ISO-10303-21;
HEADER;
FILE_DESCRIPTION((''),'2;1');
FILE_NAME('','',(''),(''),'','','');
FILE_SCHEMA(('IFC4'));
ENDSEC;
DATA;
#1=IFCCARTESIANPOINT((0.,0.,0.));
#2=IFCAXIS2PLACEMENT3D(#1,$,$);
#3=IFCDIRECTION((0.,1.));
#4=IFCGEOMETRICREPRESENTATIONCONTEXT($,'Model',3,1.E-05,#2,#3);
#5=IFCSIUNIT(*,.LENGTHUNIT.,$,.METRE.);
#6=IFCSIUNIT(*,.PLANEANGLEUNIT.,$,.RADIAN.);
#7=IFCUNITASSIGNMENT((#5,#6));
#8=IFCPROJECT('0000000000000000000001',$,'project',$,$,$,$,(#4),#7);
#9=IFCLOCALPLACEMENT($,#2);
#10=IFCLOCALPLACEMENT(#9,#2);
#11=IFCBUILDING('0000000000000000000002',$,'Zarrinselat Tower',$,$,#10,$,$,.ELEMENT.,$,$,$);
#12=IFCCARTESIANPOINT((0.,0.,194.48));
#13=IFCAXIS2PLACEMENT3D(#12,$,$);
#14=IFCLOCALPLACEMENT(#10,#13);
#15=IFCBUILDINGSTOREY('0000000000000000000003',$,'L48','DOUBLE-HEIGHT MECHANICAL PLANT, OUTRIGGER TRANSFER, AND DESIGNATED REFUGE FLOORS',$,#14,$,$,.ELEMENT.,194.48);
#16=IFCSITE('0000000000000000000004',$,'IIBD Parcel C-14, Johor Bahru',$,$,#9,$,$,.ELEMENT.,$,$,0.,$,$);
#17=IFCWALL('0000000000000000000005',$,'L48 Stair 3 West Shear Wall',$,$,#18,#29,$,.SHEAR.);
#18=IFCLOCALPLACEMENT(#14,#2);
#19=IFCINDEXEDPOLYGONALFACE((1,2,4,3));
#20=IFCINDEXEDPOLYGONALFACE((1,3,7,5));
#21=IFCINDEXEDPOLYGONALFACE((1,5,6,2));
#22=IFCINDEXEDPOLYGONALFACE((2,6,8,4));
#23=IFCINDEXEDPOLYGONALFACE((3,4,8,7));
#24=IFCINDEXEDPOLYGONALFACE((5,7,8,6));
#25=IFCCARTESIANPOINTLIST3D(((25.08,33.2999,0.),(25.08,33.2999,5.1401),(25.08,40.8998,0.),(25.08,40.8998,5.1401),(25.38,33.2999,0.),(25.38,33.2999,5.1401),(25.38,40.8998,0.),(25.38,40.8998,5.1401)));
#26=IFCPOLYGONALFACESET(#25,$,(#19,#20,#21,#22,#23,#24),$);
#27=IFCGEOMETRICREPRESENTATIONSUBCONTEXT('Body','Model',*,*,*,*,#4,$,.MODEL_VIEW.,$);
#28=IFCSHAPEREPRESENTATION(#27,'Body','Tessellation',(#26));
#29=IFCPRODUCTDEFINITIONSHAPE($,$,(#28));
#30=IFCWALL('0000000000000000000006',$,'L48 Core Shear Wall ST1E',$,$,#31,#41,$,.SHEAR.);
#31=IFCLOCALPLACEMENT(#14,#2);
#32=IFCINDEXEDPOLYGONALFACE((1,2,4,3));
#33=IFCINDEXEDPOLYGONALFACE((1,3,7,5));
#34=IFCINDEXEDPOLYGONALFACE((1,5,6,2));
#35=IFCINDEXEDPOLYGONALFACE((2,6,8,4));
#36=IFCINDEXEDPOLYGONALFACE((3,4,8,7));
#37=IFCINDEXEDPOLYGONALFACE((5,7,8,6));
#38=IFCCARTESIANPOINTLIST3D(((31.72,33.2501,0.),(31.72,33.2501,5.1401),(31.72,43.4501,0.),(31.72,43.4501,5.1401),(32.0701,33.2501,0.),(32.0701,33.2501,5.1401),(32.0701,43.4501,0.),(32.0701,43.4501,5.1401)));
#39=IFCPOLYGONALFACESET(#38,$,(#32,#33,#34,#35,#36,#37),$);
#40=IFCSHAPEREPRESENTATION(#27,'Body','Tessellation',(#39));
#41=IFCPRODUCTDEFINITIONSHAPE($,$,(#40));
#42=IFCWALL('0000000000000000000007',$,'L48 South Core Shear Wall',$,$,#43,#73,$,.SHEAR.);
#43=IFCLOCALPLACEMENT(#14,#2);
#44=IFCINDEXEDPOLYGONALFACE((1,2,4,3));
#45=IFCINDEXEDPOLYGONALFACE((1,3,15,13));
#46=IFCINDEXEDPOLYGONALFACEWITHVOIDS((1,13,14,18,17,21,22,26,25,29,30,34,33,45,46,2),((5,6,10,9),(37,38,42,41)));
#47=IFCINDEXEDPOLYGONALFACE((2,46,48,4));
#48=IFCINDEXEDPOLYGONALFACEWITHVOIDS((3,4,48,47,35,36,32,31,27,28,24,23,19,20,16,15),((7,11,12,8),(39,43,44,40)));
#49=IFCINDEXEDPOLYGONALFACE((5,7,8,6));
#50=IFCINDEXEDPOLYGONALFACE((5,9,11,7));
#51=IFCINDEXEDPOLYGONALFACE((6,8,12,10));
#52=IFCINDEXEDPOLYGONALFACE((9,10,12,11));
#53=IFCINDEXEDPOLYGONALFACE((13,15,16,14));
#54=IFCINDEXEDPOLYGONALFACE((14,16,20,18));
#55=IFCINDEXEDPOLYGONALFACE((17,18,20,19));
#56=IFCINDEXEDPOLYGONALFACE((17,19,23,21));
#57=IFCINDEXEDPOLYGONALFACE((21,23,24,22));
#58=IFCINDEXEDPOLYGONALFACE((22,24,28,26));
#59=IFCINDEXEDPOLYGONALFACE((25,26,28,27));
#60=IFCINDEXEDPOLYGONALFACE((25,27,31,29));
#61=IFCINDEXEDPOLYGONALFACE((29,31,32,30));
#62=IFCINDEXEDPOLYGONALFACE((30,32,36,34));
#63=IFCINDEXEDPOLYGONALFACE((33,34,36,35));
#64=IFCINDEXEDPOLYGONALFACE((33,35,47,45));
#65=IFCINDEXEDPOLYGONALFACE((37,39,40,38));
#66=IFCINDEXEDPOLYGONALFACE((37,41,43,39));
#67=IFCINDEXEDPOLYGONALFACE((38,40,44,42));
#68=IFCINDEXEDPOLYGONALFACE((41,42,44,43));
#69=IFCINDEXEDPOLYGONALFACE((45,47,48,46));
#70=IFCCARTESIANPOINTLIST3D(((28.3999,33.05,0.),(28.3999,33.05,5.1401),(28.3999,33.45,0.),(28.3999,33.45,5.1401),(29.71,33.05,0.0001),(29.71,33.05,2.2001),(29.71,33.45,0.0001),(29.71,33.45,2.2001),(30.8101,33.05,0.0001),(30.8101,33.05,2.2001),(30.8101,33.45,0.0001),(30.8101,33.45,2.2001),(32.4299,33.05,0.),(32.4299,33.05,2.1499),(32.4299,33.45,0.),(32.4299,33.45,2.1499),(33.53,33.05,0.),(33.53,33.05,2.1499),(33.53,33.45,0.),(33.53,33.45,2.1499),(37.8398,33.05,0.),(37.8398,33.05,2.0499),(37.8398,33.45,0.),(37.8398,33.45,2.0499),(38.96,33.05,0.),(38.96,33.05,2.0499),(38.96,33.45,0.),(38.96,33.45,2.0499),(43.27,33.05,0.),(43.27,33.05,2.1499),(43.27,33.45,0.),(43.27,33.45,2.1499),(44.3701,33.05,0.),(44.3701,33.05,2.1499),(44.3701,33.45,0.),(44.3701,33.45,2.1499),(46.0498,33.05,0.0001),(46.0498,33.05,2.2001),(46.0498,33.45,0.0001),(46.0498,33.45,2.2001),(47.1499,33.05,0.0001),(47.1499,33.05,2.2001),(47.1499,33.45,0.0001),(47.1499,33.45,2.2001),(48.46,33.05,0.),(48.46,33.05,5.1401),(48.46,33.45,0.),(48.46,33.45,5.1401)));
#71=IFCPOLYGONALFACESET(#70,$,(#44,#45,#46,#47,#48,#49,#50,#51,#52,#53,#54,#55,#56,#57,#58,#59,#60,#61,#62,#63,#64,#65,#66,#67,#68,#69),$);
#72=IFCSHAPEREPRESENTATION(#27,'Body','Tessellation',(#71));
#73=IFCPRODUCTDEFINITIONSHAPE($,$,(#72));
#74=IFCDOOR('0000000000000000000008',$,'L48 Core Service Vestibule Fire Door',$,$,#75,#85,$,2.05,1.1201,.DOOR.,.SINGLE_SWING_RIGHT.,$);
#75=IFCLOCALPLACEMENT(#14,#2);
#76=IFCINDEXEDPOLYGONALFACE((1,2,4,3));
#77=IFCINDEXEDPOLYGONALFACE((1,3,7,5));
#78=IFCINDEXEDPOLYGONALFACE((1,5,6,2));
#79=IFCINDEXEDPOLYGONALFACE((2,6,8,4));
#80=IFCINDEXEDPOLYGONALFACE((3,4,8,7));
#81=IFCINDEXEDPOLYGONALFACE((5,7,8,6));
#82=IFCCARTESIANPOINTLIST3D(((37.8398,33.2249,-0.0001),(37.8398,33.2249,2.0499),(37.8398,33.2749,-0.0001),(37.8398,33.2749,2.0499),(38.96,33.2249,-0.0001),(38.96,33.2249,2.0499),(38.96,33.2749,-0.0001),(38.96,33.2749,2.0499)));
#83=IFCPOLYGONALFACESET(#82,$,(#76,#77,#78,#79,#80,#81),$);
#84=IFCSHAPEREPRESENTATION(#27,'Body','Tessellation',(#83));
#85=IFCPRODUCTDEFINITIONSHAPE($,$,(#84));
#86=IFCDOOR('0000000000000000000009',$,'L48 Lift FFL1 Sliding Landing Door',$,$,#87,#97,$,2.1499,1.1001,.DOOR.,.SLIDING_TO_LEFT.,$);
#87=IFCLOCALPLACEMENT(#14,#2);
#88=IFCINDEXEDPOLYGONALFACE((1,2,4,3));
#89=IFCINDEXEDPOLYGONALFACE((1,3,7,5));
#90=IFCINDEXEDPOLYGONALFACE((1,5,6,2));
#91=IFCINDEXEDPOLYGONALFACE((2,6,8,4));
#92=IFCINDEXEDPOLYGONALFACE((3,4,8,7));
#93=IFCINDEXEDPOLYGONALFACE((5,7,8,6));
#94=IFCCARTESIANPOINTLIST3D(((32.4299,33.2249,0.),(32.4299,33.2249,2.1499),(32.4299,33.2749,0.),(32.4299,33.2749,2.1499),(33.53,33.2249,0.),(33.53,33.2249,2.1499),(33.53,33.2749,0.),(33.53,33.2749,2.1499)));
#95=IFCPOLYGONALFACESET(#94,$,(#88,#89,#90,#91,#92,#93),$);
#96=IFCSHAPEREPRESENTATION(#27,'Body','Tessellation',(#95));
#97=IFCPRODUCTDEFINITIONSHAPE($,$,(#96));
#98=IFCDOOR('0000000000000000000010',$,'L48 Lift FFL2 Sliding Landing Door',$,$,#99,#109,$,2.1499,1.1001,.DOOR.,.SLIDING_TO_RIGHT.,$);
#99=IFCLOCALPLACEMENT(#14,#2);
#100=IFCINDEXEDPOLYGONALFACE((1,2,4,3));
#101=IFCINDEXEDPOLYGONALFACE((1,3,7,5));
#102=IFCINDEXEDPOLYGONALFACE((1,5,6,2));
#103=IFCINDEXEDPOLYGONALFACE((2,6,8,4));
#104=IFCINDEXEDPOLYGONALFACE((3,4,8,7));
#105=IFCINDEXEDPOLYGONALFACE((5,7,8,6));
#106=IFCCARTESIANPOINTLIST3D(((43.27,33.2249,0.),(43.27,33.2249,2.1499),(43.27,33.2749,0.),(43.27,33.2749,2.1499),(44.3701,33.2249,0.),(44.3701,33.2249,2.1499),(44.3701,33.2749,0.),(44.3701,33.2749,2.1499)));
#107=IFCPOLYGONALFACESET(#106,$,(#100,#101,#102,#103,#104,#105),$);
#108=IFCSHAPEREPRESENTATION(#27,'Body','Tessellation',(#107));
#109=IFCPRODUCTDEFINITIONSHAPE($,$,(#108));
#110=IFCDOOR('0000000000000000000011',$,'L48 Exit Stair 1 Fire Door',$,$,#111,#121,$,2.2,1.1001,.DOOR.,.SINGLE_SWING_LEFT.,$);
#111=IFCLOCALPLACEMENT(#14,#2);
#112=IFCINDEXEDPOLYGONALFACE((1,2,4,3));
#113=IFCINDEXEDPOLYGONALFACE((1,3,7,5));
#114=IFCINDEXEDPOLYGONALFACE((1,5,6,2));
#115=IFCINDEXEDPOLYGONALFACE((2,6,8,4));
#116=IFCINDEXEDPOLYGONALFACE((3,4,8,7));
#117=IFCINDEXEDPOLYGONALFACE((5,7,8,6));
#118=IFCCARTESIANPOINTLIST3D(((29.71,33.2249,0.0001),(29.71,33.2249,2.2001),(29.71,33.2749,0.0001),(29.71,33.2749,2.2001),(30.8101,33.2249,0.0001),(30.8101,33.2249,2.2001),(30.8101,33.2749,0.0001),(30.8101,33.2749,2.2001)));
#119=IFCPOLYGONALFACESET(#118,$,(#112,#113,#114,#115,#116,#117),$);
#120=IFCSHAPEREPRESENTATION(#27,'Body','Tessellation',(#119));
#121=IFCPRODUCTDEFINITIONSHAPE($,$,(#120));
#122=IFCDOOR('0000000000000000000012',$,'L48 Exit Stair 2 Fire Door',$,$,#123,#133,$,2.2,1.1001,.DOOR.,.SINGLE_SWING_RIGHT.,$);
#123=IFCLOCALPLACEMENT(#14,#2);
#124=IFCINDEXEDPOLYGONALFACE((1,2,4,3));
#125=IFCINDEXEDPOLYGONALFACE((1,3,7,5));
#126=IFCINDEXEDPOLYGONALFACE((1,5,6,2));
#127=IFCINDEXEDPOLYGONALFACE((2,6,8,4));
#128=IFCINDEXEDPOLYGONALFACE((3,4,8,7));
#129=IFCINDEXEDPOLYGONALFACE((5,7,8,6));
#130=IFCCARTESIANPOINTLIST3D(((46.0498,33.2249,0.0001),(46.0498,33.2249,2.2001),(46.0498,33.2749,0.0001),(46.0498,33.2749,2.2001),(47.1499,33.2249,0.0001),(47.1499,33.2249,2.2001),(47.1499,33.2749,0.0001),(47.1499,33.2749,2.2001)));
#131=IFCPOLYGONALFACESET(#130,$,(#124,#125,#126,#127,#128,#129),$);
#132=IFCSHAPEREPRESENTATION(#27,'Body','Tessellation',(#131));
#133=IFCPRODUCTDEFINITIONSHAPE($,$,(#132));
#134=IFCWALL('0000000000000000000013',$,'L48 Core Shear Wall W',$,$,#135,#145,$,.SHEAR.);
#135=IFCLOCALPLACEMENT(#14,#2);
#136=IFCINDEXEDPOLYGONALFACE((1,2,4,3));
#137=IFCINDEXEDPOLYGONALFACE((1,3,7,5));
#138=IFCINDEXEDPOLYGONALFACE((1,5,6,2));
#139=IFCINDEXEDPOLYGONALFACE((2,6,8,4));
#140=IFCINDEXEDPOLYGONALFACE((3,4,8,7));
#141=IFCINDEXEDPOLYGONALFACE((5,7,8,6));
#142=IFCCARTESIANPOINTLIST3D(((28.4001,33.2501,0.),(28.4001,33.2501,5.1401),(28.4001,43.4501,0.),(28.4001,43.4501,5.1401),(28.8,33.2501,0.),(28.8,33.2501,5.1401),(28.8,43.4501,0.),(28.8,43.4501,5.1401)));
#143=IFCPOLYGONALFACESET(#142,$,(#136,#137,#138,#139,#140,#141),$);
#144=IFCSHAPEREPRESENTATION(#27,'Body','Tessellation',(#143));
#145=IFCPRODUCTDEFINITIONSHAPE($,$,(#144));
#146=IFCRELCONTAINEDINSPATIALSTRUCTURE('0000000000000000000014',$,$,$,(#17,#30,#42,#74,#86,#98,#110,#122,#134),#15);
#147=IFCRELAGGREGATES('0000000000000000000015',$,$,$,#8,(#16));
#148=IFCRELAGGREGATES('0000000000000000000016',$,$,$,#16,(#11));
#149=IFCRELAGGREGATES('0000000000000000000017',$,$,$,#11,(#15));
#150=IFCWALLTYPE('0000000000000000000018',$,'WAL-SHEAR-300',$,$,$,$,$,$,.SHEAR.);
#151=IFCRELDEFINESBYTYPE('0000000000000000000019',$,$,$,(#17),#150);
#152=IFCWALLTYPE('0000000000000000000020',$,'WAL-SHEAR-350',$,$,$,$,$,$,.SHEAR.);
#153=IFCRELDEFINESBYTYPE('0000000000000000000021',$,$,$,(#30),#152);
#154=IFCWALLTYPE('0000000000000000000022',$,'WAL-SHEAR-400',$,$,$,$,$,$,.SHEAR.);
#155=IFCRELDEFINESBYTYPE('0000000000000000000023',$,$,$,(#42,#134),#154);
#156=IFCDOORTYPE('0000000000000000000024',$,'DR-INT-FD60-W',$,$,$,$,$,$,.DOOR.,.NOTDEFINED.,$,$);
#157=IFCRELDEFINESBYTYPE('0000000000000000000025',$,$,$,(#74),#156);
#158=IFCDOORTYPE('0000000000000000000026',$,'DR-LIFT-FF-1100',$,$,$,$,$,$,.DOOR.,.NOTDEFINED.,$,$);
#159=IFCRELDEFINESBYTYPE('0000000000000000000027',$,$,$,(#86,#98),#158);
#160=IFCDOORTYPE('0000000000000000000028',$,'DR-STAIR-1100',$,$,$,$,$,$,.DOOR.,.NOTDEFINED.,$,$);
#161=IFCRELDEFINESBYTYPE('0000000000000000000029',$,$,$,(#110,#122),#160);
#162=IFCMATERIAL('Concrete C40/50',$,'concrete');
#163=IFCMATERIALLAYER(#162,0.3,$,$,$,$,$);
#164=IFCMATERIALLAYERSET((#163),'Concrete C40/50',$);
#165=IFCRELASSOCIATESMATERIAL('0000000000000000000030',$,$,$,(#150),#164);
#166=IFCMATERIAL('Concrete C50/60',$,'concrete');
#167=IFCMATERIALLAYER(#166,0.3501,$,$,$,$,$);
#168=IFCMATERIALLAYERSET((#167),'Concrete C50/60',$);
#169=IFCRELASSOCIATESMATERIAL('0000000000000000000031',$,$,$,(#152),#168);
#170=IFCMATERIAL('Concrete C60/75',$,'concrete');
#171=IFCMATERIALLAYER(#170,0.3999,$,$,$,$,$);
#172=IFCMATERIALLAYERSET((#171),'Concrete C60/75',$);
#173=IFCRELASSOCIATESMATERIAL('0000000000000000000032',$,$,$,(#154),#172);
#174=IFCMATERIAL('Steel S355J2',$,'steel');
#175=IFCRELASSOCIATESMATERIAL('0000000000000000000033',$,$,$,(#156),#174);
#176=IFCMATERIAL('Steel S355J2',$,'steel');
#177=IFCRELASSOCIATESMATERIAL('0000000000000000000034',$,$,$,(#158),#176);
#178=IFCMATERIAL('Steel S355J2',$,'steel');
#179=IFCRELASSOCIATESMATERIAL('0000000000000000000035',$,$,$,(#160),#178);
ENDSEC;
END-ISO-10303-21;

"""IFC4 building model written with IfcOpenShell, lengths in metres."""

from ifc_helpers import new_model, si_unit, direction, frame, frame_2d, origin, place, context, subcontext, project, spatial, rectangle, extrude, material, layer, layer_set, type_object, element, fill, save


model = new_model("IFC4")

# Units and contexts
model_context = context("Model", 3, precision=1e-05, world=origin(), true_north=direction((0.0, 1.0)))
body_context = subcontext(model_context, "Body", "Model", "MODEL_VIEW")
ifc_project = project(units=[si_unit("LENGTHUNIT", "METRE"), si_unit("PLANEANGLEUNIT", "RADIAN")], contexts=[model_context])

# Site, building, storey
site_placement = place(None, origin())
site = spatial("IfcSite", under=ifc_project, at=site_placement, Name="IIBD Parcel C-14, Johor Bahru", CompositionType="ELEMENT", RefElevation=0.0)
building_placement = place(site_placement, origin())
building = spatial("IfcBuilding", under=site, at=building_placement, Name="Zarrinselat Tower", CompositionType="ELEMENT")
storey_placement = place(building_placement, frame((0.0, 0.0, 194.48)))
storey = spatial("IfcBuildingStorey", under=building, at=storey_placement, Name="L48", Description="DOUBLE-HEIGHT MECHANICAL PLANT, OUTRIGGER TRANSFER, AND DESIGNATED REFUGE FLOORS", CompositionType="ELEMENT", Elevation=194.48)

# Shared definitions
ifc_material_1 = material(Name="Concrete C40/50", Category="concrete")
ifc_layer_1 = layer(ifc_material_1, 0.3)
ifc_layer_set_1 = layer_set([ifc_layer_1], Name="Concrete C40/50")
wall_type_1 = type_object("IfcWallType", Name="WAL-SHEAR-300", PredefinedType="SHEAR", material=ifc_layer_set_1)

# Walls
wall_1_placement = place(storey_placement, frame((25.23, 33.3, 0.0), z_axis=(0.0, 0.0, 1.0), x_axis=(0.0, 1.0, 0.0)))
element("IfcWall", 1, at=wall_1_placement, inside=storey, type_object=wall_type_1, Name="L48 Stair 3 West Shear Wall", PredefinedType="SHEAR", context=body_context, shape_type="SweptSolid", body=[
    extrude(rectangle(XDim=7.5999, YDim=0.3, at=frame_2d((3.7998, 0.0))), origin(), (0.0, 0.0, 1.0), 5.1401),
])
ifc_material_2 = material(Name="Concrete C50/60", Category="concrete")
ifc_layer_2 = layer(ifc_material_2, 0.3501)
ifc_layer_set_2 = layer_set([ifc_layer_2], Name="Concrete C50/60")
wall_type_2 = type_object("IfcWallType", Name="WAL-SHEAR-350", PredefinedType="SHEAR", material=ifc_layer_set_2)
wall_2_placement = place(storey_placement, frame((31.895, 33.25, 0.0), z_axis=(0.0, 0.0, 1.0), x_axis=(0.0, 1.0, 0.0)))
element("IfcWall", 2, at=wall_2_placement, inside=storey, type_object=wall_type_2, Name="L48 Core Shear Wall ST1E", PredefinedType="SHEAR", context=body_context, shape_type="SweptSolid", body=[
    extrude(rectangle(XDim=10.2, YDim=0.3501, at=frame_2d((5.1001, 0.0))), origin(), (0.0, 0.0, 1.0), 5.1401),
])

# Wall, openings, doors
ifc_material_3 = material(Name="Concrete C60/75", Category="concrete")
ifc_layer_3 = layer(ifc_material_3, 0.3999)
ifc_layer_set_3 = layer_set([ifc_layer_3], Name="Concrete C60/75")
wall_type_3 = type_object("IfcWallType", Name="WAL-SHEAR-400", PredefinedType="SHEAR", material=ifc_layer_set_3)
wall_3_placement = place(storey_placement, frame((28.3999, 33.25, 0.0), z_axis=(0.0, 0.0, 1.0), x_axis=(1.0, 0.0, 0.0)))
wall_3 = element("IfcWall", 3, at=wall_3_placement, inside=storey, type_object=wall_type_3, Name="L48 South Core Shear Wall", PredefinedType="SHEAR", context=body_context, shape_type="SweptSolid", body=[
    extrude(rectangle(XDim=20.0601, YDim=0.3999, at=frame_2d((10.03, 0.0))), origin(), (0.0, 0.0, 1.0), 5.1401),
])
opening_1_placement = place(wall_3_placement, frame((4.03, 0.0, 0.0)))
opening_1 = element("IfcOpeningElement", 4, at=opening_1_placement, cuts=wall_3, PredefinedType="OPENING", context=body_context, shape_type="SweptSolid", body=[
    extrude(rectangle(XDim=1.1001, YDim=2.1499, at=frame_2d((0.55, 1.075))), frame((0.0, 0.21, 0.0), z_axis=(0.0, -1.0, 0.0), x_axis=(1.0, 0.0, 0.0)), (0.0, 0.0, 1.0), 0.4199),
])
opening_2_placement = place(wall_3_placement, frame((14.8701, 0.0, 0.0)))
opening_2 = element("IfcOpeningElement", 5, at=opening_2_placement, cuts=wall_3, PredefinedType="OPENING", context=body_context, shape_type="SweptSolid", body=[
    extrude(rectangle(XDim=1.1001, YDim=2.1499, at=frame_2d((0.55, 1.075))), frame((0.0, 0.21, 0.0), z_axis=(0.0, -1.0, 0.0), x_axis=(1.0, 0.0, 0.0)), (0.0, 0.0, 1.0), 0.4199),
])
opening_3_placement = place(wall_3_placement, frame((1.3101, 0.0, 0.0)))
opening_3 = element("IfcOpeningElement", 6, at=opening_3_placement, cuts=wall_3, PredefinedType="OPENING", context=body_context, shape_type="SweptSolid", body=[
    extrude(rectangle(XDim=1.1001, YDim=2.2, at=frame_2d((0.55, 1.1001))), frame((0.0, 0.21, 0.0), z_axis=(0.0, -1.0, 0.0), x_axis=(1.0, 0.0, 0.0)), (0.0, 0.0, 1.0), 0.4199),
])
opening_4_placement = place(wall_3_placement, frame((9.4399, 0.0, 0.0)))
opening_4 = element("IfcOpeningElement", 7, at=opening_4_placement, cuts=wall_3, PredefinedType="OPENING", context=body_context, shape_type="SweptSolid", body=[
    extrude(rectangle(XDim=1.1201, YDim=2.05, at=frame_2d((0.5601, 1.0249))), frame((0.0, 0.21, 0.0), z_axis=(0.0, -1.0, 0.0), x_axis=(1.0, 0.0, 0.0)), (0.0, 0.0, 1.0), 0.4199),
])
opening_5_placement = place(wall_3_placement, frame((17.6499, 0.0, 0.0)))
opening_5 = element("IfcOpeningElement", 8, at=opening_5_placement, cuts=wall_3, PredefinedType="OPENING", context=body_context, shape_type="SweptSolid", body=[
    extrude(rectangle(XDim=1.1001, YDim=2.2, at=frame_2d((0.55, 1.1001))), frame((0.0, 0.21, 0.0), z_axis=(0.0, -1.0, 0.0), x_axis=(1.0, 0.0, 0.0)), (0.0, 0.0, 1.0), 0.4199),
])
ifc_material_4 = material(Name="Steel S355J2", Category="steel")
door_type_1 = type_object("IfcDoorType", Name="DR-INT-FD60-W", OperationType="NOTDEFINED", PredefinedType="DOOR", material=ifc_material_4)
door_1_placement = place(opening_4_placement, origin())
door_1 = element("IfcDoor", 9, at=door_1_placement, inside=storey, type_object=door_type_1, Name="L48 Core Service Vestibule Fire Door", OperationType="SINGLE_SWING_RIGHT", OverallHeight=2.05, OverallWidth=1.1201, PredefinedType="DOOR", context=body_context, shape_type="SweptSolid", body=[
    extrude(rectangle(XDim=1.1201, YDim=2.05, at=frame_2d((0.5601, 1.0249))), frame((0.0, 0.0249, 0.0), z_axis=(0.0, -1.0, 0.0), x_axis=(1.0, 0.0, 0.0)), (0.0, 0.0, 1.0), 0.05),
])
fill(opening_4, door_1)
ifc_material_5 = material(Name="Steel S355J2", Category="steel")
door_type_2 = type_object("IfcDoorType", Name="DR-LIFT-FF-1100", OperationType="NOTDEFINED", PredefinedType="DOOR", material=ifc_material_5)
door_2_placement = place(opening_1_placement, origin())
door_2 = element("IfcDoor", 10, at=door_2_placement, inside=storey, type_object=door_type_2, Name="L48 Lift FFL1 Sliding Landing Door", OperationType="SLIDING_TO_LEFT", OverallHeight=2.1499, OverallWidth=1.1001, PredefinedType="DOOR", context=body_context, shape_type="SweptSolid", body=[
    extrude(rectangle(XDim=1.1001, YDim=2.1499, at=frame_2d((0.55, 1.075))), frame((0.0, 0.0249, 0.0), z_axis=(0.0, -1.0, 0.0), x_axis=(1.0, 0.0, 0.0)), (0.0, 0.0, 1.0), 0.05),
])
fill(opening_1, door_2)
door_3_placement = place(opening_2_placement, origin())
door_3 = element("IfcDoor", 11, at=door_3_placement, inside=storey, type_object=door_type_2, Name="L48 Lift FFL2 Sliding Landing Door", OperationType="SLIDING_TO_RIGHT", OverallHeight=2.1499, OverallWidth=1.1001, PredefinedType="DOOR", context=body_context, shape_type="SweptSolid", body=[
    extrude(rectangle(XDim=1.1001, YDim=2.1499, at=frame_2d((0.55, 1.075))), frame((0.0, 0.0249, 0.0), z_axis=(0.0, -1.0, 0.0), x_axis=(1.0, 0.0, 0.0)), (0.0, 0.0, 1.0), 0.05),
])
fill(opening_2, door_3)
ifc_material_6 = material(Name="Steel S355J2", Category="steel")
door_type_3 = type_object("IfcDoorType", Name="DR-STAIR-1100", OperationType="NOTDEFINED", PredefinedType="DOOR", material=ifc_material_6)
door_4_placement = place(opening_3_placement, origin())
door_4 = element("IfcDoor", 12, at=door_4_placement, inside=storey, type_object=door_type_3, Name="L48 Exit Stair 1 Fire Door", OperationType="SINGLE_SWING_LEFT", OverallHeight=2.2, OverallWidth=1.1001, PredefinedType="DOOR", context=body_context, shape_type="SweptSolid", body=[
    extrude(rectangle(XDim=1.1001, YDim=2.2, at=frame_2d((0.55, 1.1001))), frame((0.0, 0.0249, 0.0), z_axis=(0.0, -1.0, 0.0), x_axis=(1.0, 0.0, 0.0)), (0.0, 0.0, 1.0), 0.05),
])
fill(opening_3, door_4)
door_5_placement = place(opening_5_placement, origin())
door_5 = element("IfcDoor", 13, at=door_5_placement, inside=storey, type_object=door_type_3, Name="L48 Exit Stair 2 Fire Door", OperationType="SINGLE_SWING_RIGHT", OverallHeight=2.2, OverallWidth=1.1001, PredefinedType="DOOR", context=body_context, shape_type="SweptSolid", body=[
    extrude(rectangle(XDim=1.1001, YDim=2.2, at=frame_2d((0.55, 1.1001))), frame((0.0, 0.0249, 0.0), z_axis=(0.0, -1.0, 0.0), x_axis=(1.0, 0.0, 0.0)), (0.0, 0.0, 1.0), 0.05),
])
fill(opening_5, door_5)

# Wall
wall_4_placement = place(storey_placement, frame((28.6001, 33.25, 0.0), z_axis=(0.0, 0.0, 1.0), x_axis=(0.0, 1.0, 0.0)))
element("IfcWall", 14, at=wall_4_placement, inside=storey, type_object=wall_type_3, Name="L48 Core Shear Wall W", PredefinedType="SHEAR", context=body_context, shape_type="SweptSolid", body=[
    extrude(rectangle(XDim=10.2, YDim=0.3999, at=frame_2d((5.1001, 0.0))), origin(), (0.0, 0.0, 1.0), 5.1401),
])

save(model, "model.ifc")
